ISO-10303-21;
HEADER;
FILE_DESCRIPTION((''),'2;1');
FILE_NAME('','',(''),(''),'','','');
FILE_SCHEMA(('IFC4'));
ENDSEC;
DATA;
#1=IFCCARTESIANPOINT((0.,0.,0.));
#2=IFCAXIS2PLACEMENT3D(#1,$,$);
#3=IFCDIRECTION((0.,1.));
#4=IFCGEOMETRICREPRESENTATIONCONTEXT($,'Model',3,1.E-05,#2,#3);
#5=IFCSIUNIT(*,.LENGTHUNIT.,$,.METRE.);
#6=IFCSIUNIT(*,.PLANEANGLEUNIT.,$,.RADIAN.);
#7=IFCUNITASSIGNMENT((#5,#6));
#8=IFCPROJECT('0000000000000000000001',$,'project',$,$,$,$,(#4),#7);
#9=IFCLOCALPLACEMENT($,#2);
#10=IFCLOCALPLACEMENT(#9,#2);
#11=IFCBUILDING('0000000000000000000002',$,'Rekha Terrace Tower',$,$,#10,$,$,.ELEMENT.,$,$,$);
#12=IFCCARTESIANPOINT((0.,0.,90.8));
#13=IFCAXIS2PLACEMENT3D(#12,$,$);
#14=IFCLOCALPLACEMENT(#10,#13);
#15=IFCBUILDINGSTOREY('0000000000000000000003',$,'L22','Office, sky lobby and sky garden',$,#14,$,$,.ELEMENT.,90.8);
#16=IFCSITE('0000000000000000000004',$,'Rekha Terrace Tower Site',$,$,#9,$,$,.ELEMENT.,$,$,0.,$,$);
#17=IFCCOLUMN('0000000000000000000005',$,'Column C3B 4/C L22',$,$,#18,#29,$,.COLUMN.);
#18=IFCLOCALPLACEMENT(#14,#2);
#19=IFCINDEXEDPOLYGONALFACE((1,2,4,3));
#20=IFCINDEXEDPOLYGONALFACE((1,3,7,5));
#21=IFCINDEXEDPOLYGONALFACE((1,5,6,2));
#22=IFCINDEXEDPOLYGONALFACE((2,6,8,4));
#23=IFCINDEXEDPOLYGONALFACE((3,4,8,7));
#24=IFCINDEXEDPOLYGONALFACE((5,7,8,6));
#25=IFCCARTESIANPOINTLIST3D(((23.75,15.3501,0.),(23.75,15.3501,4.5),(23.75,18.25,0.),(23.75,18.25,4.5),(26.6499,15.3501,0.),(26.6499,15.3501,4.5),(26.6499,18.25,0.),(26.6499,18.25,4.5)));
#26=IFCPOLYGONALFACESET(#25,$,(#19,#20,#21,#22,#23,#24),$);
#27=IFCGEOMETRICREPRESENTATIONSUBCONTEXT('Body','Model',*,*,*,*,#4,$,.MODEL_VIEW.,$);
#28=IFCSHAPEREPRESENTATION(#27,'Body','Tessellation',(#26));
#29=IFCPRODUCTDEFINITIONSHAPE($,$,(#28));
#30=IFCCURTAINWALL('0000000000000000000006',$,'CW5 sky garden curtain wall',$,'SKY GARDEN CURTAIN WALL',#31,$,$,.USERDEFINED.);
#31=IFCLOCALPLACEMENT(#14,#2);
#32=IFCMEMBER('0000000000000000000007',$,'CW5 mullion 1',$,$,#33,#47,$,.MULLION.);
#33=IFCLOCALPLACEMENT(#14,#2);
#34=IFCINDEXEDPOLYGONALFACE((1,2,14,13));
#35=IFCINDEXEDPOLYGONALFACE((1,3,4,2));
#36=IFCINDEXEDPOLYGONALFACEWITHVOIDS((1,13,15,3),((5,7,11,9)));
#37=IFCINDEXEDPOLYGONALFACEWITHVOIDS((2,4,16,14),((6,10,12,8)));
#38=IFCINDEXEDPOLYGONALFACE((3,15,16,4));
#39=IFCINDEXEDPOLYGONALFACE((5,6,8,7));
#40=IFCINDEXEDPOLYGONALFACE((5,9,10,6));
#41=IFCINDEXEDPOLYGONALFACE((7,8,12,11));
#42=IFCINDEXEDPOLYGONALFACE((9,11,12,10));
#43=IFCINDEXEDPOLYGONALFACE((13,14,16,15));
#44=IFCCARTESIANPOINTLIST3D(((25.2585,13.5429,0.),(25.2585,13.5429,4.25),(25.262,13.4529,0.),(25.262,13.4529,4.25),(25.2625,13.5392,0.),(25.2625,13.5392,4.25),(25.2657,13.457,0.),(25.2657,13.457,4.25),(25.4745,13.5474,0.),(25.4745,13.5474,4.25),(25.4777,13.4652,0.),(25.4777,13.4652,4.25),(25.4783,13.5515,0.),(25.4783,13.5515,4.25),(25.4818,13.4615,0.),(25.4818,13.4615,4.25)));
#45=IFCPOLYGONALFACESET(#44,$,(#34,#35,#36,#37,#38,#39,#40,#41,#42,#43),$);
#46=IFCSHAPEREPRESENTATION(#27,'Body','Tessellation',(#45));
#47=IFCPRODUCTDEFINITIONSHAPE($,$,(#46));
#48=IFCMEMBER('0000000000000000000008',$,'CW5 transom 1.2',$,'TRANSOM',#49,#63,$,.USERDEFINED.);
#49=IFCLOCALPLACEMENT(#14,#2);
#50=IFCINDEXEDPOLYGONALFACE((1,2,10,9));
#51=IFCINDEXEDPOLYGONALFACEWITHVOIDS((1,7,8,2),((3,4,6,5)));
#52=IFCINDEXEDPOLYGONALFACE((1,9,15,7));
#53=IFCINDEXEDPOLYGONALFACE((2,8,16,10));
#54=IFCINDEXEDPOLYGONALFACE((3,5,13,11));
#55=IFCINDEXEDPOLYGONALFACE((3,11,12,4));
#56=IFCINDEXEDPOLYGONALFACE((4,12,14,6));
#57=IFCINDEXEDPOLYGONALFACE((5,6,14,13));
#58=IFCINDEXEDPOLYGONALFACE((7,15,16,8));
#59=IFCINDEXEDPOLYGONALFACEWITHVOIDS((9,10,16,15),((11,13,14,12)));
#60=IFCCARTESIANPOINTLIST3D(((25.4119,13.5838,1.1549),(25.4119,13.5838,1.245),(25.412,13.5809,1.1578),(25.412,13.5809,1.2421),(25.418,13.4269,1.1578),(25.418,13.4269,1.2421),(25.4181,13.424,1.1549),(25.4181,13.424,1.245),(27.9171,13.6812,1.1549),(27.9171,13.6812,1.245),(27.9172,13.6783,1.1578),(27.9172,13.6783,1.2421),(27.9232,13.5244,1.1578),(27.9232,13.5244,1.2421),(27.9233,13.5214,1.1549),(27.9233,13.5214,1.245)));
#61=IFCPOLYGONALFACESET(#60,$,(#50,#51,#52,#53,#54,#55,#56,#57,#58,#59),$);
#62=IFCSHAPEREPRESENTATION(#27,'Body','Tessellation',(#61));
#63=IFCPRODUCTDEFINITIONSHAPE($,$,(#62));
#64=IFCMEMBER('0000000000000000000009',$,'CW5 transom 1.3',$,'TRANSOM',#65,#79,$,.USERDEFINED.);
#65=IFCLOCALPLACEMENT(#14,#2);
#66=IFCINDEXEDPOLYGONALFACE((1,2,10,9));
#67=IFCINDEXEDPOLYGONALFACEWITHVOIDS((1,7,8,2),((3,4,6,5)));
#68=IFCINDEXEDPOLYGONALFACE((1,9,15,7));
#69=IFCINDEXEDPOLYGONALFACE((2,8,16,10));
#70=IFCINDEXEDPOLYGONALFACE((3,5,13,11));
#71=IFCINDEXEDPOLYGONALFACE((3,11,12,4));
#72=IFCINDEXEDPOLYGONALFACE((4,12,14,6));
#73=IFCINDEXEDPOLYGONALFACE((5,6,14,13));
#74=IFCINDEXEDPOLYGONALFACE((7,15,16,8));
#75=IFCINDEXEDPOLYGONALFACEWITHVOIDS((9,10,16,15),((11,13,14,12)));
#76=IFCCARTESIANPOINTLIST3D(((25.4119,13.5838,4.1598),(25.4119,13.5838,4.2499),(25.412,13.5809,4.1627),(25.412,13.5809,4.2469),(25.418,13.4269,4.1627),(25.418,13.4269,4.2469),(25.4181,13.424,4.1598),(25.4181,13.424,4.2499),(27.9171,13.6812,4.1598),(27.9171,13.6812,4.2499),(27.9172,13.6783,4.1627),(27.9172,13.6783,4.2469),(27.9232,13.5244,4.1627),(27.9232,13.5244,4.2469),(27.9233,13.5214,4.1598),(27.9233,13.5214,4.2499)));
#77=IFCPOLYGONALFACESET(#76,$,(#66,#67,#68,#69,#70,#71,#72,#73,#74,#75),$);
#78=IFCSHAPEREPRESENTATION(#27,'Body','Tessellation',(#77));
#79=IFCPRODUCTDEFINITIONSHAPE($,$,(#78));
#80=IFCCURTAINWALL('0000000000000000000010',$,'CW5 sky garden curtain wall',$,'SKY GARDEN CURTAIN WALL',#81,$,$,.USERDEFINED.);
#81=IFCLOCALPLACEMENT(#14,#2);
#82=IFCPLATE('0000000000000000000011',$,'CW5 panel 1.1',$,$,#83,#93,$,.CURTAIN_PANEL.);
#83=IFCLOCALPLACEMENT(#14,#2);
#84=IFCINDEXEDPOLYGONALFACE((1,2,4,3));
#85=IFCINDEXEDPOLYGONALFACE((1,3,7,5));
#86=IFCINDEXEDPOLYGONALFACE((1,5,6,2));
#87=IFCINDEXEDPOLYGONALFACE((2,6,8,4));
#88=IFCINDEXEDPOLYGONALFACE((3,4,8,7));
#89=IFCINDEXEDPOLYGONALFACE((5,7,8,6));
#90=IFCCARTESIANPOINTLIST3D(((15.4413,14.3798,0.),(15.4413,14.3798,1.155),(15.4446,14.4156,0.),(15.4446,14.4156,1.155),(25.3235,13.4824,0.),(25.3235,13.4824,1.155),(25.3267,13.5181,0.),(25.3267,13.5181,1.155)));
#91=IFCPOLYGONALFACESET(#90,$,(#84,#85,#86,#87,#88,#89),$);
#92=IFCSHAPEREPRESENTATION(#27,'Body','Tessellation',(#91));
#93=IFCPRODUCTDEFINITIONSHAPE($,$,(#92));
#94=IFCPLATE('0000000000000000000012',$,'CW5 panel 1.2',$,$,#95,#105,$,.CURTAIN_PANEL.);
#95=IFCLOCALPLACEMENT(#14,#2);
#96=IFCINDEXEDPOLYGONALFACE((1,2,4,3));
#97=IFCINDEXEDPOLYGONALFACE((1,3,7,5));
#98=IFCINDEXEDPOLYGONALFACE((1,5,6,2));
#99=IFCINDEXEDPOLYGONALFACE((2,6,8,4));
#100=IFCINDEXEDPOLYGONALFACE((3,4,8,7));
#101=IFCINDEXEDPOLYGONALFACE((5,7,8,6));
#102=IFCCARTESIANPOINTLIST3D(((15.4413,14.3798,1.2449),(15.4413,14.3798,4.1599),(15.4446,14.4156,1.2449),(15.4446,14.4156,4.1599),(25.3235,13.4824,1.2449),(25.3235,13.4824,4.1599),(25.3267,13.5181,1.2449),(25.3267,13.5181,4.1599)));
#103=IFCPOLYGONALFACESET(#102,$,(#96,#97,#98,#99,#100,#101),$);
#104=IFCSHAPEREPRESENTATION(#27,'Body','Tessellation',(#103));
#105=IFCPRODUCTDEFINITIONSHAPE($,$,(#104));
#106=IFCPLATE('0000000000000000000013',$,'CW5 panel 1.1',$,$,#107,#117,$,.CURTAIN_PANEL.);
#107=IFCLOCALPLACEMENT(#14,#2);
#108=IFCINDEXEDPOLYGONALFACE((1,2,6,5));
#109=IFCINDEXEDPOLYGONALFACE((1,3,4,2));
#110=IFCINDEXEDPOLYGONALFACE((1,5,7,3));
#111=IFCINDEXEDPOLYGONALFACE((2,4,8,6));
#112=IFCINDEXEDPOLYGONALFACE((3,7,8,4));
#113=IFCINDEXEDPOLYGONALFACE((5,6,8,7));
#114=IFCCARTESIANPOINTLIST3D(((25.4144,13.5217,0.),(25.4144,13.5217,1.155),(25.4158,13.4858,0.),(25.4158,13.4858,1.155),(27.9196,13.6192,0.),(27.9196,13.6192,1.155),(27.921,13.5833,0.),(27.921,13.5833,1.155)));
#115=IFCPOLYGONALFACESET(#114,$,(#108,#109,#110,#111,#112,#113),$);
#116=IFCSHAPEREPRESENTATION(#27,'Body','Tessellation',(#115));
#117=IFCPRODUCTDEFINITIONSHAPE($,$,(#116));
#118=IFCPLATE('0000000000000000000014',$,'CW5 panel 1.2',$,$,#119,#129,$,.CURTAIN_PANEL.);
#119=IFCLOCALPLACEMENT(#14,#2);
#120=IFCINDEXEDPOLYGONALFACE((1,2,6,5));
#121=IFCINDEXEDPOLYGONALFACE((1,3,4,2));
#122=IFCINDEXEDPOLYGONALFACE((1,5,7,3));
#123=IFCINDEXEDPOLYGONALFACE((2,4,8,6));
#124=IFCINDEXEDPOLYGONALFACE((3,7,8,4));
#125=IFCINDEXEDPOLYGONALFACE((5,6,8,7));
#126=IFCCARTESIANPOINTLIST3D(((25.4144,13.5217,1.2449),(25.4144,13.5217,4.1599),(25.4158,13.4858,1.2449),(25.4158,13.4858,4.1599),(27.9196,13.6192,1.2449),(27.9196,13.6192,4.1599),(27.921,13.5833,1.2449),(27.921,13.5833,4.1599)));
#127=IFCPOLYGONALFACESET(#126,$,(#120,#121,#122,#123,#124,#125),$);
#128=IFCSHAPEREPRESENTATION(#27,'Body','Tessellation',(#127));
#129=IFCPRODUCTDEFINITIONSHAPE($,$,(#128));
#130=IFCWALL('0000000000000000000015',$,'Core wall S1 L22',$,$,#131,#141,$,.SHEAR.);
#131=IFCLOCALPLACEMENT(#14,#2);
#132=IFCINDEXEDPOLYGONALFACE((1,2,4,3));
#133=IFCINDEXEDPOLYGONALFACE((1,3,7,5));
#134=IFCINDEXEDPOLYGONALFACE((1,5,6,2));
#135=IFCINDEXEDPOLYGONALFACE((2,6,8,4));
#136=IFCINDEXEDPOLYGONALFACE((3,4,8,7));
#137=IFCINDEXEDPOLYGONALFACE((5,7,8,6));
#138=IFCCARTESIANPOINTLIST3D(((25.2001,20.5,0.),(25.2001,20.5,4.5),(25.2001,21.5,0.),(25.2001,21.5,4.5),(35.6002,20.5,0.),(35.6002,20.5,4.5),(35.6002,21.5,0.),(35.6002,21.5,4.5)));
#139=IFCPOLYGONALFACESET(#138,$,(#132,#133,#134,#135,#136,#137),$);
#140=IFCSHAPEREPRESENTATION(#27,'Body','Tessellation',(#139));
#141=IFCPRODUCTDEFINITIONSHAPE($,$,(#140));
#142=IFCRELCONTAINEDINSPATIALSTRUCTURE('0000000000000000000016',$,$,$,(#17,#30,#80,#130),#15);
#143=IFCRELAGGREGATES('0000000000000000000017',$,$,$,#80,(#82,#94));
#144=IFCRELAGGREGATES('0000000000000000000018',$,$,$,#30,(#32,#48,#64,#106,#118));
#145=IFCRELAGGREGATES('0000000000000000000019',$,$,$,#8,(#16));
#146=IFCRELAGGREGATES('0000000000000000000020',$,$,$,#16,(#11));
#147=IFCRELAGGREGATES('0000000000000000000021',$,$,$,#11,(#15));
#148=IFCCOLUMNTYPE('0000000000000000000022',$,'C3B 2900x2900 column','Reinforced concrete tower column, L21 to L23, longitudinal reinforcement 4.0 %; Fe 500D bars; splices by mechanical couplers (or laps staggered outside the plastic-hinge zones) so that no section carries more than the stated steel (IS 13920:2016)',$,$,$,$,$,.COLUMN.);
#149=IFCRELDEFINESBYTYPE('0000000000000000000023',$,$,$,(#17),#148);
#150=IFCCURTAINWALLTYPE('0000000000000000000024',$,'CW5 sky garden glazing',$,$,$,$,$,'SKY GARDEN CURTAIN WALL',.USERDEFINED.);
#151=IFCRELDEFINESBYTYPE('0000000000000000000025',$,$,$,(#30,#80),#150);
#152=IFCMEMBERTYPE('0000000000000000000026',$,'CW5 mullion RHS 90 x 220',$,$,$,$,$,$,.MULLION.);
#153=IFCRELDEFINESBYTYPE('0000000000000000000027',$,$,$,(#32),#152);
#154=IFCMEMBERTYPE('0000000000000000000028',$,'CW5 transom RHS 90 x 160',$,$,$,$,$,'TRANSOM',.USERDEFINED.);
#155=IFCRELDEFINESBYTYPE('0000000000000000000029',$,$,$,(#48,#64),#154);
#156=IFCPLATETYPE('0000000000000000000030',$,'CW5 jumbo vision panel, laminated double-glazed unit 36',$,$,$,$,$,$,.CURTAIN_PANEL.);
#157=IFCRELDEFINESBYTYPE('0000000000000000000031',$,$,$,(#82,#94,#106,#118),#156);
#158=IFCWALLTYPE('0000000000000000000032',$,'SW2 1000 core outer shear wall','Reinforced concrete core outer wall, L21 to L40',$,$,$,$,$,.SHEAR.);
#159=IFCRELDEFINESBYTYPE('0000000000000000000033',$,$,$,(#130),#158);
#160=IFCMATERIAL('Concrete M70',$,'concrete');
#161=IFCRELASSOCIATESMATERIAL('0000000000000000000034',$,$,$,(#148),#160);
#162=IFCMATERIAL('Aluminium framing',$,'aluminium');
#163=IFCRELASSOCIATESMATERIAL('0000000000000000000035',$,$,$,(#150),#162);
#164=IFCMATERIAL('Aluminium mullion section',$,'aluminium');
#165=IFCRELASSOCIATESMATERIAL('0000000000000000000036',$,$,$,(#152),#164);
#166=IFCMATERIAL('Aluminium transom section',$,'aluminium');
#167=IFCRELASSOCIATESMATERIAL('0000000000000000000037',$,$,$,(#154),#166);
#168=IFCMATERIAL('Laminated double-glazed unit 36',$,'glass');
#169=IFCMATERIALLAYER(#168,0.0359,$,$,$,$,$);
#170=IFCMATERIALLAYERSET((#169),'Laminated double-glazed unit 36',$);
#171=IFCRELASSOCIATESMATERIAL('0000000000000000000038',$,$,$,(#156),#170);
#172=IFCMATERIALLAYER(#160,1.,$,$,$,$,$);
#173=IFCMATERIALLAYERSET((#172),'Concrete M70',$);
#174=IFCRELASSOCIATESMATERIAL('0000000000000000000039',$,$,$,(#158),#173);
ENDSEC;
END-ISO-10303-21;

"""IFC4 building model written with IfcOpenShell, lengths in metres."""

from ifc_helpers import new_model, si_unit, direction, frame, frame_2d, origin, origin_2d, place, context, subcontext, project, spatial, rectangle, hollow_rectangle, extrude, material, layer, layer_set, material_profile, profile_set, type_object, element, aggregate, save


model = new_model("IFC4")

# Units and contexts
model_context = context("Model", 3, precision=1e-05, world=origin(), true_north=direction((0.0, 1.0)))
body_context = subcontext(model_context, "Body", "Model", "MODEL_VIEW")
ifc_project = project(units=[si_unit("LENGTHUNIT", "METRE"), si_unit("PLANEANGLEUNIT", "RADIAN")], contexts=[model_context])

# Site, building, storey
site_placement = place(None, origin())
site = spatial("IfcSite", under=ifc_project, at=site_placement, Name="Rekha Terrace Tower Site", CompositionType="ELEMENT", RefElevation=0.0)
building_placement = place(site_placement, origin())
building = spatial("IfcBuilding", under=site, at=building_placement, Name="Rekha Terrace Tower", CompositionType="ELEMENT")
storey_placement = place(building_placement, frame((0.0, 0.0, 90.8)))
storey = spatial("IfcBuildingStorey", under=building, at=storey_placement, Name="L22", Description="Office, sky lobby and sky garden", CompositionType="ELEMENT", Elevation=90.8)

# Column
ifc_material_1 = material(Name="Concrete M70", Category="concrete")
ifc_material_profile_1 = material_profile(ifc_material_1, rectangle(XDim=2.8999, YDim=2.8999, at=origin_2d()), Name="RC 2900x2900")
ifc_profile_set_1 = profile_set([ifc_material_profile_1], Name="Concrete M70")
column_type = type_object("IfcColumnType", Name="C3B 2900x2900 column", Description="Reinforced concrete tower column, L21 to L23, longitudinal reinforcement 4.0 %; Fe 500D bars; splices by mechanical couplers (or laps staggered outside the plastic-hinge zones) so that no section carries more than the stated steel (IS 13920:2016)", PredefinedType="COLUMN", material=ifc_profile_set_1)
column_placement = place(storey_placement, frame((25.2, 16.8, 0.0), z_axis=(0.0, 0.0, 1.0), x_axis=(1.0, 0.0, 0.0)))
element("IfcColumn", 1, at=column_placement, inside=storey, type_object=column_type, Name="Column C3B 4/C L22", PredefinedType="COLUMN", context=body_context, shape_type="SweptSolid", body=[
    extrude(rectangle(XDim=2.8999, YDim=2.8999, at=origin_2d()), origin(), (0.0, 0.0, 1.0), 4.5),
])

# Curtain wall, members
ifc_material_2 = material(Name="Aluminium framing", Category="aluminium")
curtain_wall_type = type_object("IfcCurtainWallType", Name="CW5 sky garden glazing", ElementType="SKY GARDEN CURTAIN WALL", PredefinedType="USERDEFINED", material=ifc_material_2)
curtain_wall_1_placement = place(storey_placement, origin())
curtain_wall_1 = element("IfcCurtainWall", 2, at=curtain_wall_1_placement, inside=storey, type_object=curtain_wall_type, Name="CW5 sky garden curtain wall", ObjectType="SKY GARDEN CURTAIN WALL", PredefinedType="USERDEFINED")
ifc_material_3 = material(Name="Aluminium mullion section", Category="aluminium")
ifc_material_profile_2 = material_profile(ifc_material_3, hollow_rectangle(XDim=0.0901, YDim=0.22, WallThickness=0.0039, at=origin_2d()), Name="AL RHS 90x220")
ifc_profile_set_2 = profile_set([ifc_material_profile_2], Name="Aluminium mullion section")
member_type_1 = type_object("IfcMemberType", Name="CW5 mullion RHS 90 x 220", PredefinedType="MULLION", material=ifc_profile_set_2)
member_1_placement = place(storey_placement, frame((25.3701, 13.5022, 0.0), z_axis=(0.0, 0.0, 1.0), x_axis=(-0.03889, 0.999243, 0.0)))
member_1 = element("IfcMember", 3, at=member_1_placement, type_object=member_type_1, Name="CW5 mullion 1", PredefinedType="MULLION", context=body_context, shape_type="SweptSolid", body=[
    extrude(hollow_rectangle(XDim=0.0901, YDim=0.22, WallThickness=0.0039, at=origin_2d()), origin(), (0.0, 0.0, 1.0), 4.25),
])
ifc_material_4 = material(Name="Aluminium transom section", Category="aluminium")
ifc_material_profile_3 = material_profile(ifc_material_4, hollow_rectangle(XDim=0.1599, YDim=0.0901, WallThickness=0.0029, at=origin_2d()), Name="AL RHS 160x90")
ifc_profile_set_3 = profile_set([ifc_material_profile_3], Name="Aluminium transom section")
member_type_2 = type_object("IfcMemberType", Name="CW5 transom RHS 90 x 160", ElementType="TRANSOM", PredefinedType="USERDEFINED", material=ifc_profile_set_3)
member_2_placement = place(storey_placement, frame((25.415, 13.5039, 1.2), z_axis=(0.999245, 0.038856, 0.0), x_axis=(-0.038856, 0.999245, 0.0)))
member_2 = element("IfcMember", 4, at=member_2_placement, type_object=member_type_2, Name="CW5 transom 1.2", ObjectType="TRANSOM", PredefinedType="USERDEFINED", context=body_context, shape_type="SweptSolid", body=[
    extrude(hollow_rectangle(XDim=0.1599, YDim=0.0901, WallThickness=0.0029, at=origin_2d()), origin(), (0.0, 0.0, 1.0), 2.5071),
])
member_3_placement = place(storey_placement, frame((25.415, 13.5039, 4.2048), z_axis=(0.999245, 0.038856, 0.0), x_axis=(-0.038856, 0.999245, 0.0)))
member_3 = element("IfcMember", 5, at=member_3_placement, type_object=member_type_2, Name="CW5 transom 1.3", ObjectType="TRANSOM", PredefinedType="USERDEFINED", context=body_context, shape_type="SweptSolid", body=[
    extrude(hollow_rectangle(XDim=0.1599, YDim=0.0901, WallThickness=0.0029, at=origin_2d()), origin(), (0.0, 0.0, 1.0), 2.5071),
])

# Curtain wall, plates
curtain_wall_2_placement = place(storey_placement, origin())
curtain_wall_2 = element("IfcCurtainWall", 6, at=curtain_wall_2_placement, inside=storey, type_object=curtain_wall_type, Name="CW5 sky garden curtain wall", ObjectType="SKY GARDEN CURTAIN WALL", PredefinedType="USERDEFINED")
ifc_material_5 = material(Name="Laminated double-glazed unit 36", Category="glass")
ifc_layer_1 = layer(ifc_material_5, 0.0359)
ifc_layer_set_1 = layer_set([ifc_layer_1], Name="Laminated double-glazed unit 36")
plate_type = type_object("IfcPlateType", Name="CW5 jumbo vision panel, laminated double-glazed unit 36", PredefinedType="CURTAIN_PANEL", material=ifc_layer_set_1)
plate_1_placement = place(storey_placement, frame((20.384, 13.949, 0.0), z_axis=(0.0, 0.0, 1.0), x_axis=(0.995902, -0.09044, 0.0)))
plate_1 = element("IfcPlate", 7, at=plate_1_placement, type_object=plate_type, Name="CW5 panel 1.1", PredefinedType="CURTAIN_PANEL", context=body_context, shape_type="SweptSolid", body=[
    extrude(rectangle(XDim=9.9229, YDim=0.0359, at=origin_2d()), origin(), (0.0, 0.0, 1.0), 1.155),
])
plate_2_placement = place(storey_placement, frame((20.384, 13.949, 1.2449), z_axis=(0.0, 0.0, 1.0), x_axis=(0.995902, -0.09044, 0.0)))
plate_2 = element("IfcPlate", 8, at=plate_2_placement, type_object=plate_type, Name="CW5 panel 1.2", PredefinedType="CURTAIN_PANEL", context=body_context, shape_type="SweptSolid", body=[
    extrude(rectangle(XDim=9.9229, YDim=0.0359, at=origin_2d()), origin(), (0.0, 0.0, 1.0), 2.915),
])
aggregate(curtain_wall_2, [plate_1, plate_2])

# Plates
plate_3_placement = place(storey_placement, frame((26.6677, 13.5525, 0.0), z_axis=(0.0, 0.0, 1.0), x_axis=(0.999243, 0.03889, 0.0)))
plate_3 = element("IfcPlate", 9, at=plate_3_placement, type_object=plate_type, Name="CW5 panel 1.1", PredefinedType="CURTAIN_PANEL", context=body_context, shape_type="SweptSolid", body=[
    extrude(rectangle(XDim=2.5071, YDim=0.0359, at=origin_2d()), origin(), (0.0, 0.0, 1.0), 1.155),
])
plate_4_placement = place(storey_placement, frame((26.6677, 13.5525, 1.2449), z_axis=(0.0, 0.0, 1.0), x_axis=(0.999243, 0.03889, 0.0)))
plate_4 = element("IfcPlate", 10, at=plate_4_placement, type_object=plate_type, Name="CW5 panel 1.2", PredefinedType="CURTAIN_PANEL", context=body_context, shape_type="SweptSolid", body=[
    extrude(rectangle(XDim=2.5071, YDim=0.0359, at=origin_2d()), origin(), (0.0, 0.0, 1.0), 2.915),
])
aggregate(curtain_wall_1, [member_1, member_2, member_3, plate_3, plate_4])

# Wall
ifc_layer_2 = layer(ifc_material_1, 1.0)
ifc_layer_set_2 = layer_set([ifc_layer_2], Name="Concrete M70")
wall_type_1 = type_object("IfcWallType", Name="SW2 1000 core outer shear wall", Description="Reinforced concrete core outer wall, L21 to L40", PredefinedType="SHEAR", material=ifc_layer_set_2)
wall_1_placement = place(storey_placement, frame((25.2, 21.0, 0.0), z_axis=(0.0, 0.0, 1.0), x_axis=(1.0, 0.0, 0.0)))
element("IfcWall", 11, at=wall_1_placement, inside=storey, type_object=wall_type_1, Name="Core wall S1 L22", PredefinedType="SHEAR", context=body_context, shape_type="SweptSolid", body=[
    extrude(rectangle(XDim=10.4001, YDim=1.0, at=frame_2d((5.2002, 0.0))), origin(), (0.0, 0.0, 1.0), 4.5),
])

save(model, "model.ifc")
